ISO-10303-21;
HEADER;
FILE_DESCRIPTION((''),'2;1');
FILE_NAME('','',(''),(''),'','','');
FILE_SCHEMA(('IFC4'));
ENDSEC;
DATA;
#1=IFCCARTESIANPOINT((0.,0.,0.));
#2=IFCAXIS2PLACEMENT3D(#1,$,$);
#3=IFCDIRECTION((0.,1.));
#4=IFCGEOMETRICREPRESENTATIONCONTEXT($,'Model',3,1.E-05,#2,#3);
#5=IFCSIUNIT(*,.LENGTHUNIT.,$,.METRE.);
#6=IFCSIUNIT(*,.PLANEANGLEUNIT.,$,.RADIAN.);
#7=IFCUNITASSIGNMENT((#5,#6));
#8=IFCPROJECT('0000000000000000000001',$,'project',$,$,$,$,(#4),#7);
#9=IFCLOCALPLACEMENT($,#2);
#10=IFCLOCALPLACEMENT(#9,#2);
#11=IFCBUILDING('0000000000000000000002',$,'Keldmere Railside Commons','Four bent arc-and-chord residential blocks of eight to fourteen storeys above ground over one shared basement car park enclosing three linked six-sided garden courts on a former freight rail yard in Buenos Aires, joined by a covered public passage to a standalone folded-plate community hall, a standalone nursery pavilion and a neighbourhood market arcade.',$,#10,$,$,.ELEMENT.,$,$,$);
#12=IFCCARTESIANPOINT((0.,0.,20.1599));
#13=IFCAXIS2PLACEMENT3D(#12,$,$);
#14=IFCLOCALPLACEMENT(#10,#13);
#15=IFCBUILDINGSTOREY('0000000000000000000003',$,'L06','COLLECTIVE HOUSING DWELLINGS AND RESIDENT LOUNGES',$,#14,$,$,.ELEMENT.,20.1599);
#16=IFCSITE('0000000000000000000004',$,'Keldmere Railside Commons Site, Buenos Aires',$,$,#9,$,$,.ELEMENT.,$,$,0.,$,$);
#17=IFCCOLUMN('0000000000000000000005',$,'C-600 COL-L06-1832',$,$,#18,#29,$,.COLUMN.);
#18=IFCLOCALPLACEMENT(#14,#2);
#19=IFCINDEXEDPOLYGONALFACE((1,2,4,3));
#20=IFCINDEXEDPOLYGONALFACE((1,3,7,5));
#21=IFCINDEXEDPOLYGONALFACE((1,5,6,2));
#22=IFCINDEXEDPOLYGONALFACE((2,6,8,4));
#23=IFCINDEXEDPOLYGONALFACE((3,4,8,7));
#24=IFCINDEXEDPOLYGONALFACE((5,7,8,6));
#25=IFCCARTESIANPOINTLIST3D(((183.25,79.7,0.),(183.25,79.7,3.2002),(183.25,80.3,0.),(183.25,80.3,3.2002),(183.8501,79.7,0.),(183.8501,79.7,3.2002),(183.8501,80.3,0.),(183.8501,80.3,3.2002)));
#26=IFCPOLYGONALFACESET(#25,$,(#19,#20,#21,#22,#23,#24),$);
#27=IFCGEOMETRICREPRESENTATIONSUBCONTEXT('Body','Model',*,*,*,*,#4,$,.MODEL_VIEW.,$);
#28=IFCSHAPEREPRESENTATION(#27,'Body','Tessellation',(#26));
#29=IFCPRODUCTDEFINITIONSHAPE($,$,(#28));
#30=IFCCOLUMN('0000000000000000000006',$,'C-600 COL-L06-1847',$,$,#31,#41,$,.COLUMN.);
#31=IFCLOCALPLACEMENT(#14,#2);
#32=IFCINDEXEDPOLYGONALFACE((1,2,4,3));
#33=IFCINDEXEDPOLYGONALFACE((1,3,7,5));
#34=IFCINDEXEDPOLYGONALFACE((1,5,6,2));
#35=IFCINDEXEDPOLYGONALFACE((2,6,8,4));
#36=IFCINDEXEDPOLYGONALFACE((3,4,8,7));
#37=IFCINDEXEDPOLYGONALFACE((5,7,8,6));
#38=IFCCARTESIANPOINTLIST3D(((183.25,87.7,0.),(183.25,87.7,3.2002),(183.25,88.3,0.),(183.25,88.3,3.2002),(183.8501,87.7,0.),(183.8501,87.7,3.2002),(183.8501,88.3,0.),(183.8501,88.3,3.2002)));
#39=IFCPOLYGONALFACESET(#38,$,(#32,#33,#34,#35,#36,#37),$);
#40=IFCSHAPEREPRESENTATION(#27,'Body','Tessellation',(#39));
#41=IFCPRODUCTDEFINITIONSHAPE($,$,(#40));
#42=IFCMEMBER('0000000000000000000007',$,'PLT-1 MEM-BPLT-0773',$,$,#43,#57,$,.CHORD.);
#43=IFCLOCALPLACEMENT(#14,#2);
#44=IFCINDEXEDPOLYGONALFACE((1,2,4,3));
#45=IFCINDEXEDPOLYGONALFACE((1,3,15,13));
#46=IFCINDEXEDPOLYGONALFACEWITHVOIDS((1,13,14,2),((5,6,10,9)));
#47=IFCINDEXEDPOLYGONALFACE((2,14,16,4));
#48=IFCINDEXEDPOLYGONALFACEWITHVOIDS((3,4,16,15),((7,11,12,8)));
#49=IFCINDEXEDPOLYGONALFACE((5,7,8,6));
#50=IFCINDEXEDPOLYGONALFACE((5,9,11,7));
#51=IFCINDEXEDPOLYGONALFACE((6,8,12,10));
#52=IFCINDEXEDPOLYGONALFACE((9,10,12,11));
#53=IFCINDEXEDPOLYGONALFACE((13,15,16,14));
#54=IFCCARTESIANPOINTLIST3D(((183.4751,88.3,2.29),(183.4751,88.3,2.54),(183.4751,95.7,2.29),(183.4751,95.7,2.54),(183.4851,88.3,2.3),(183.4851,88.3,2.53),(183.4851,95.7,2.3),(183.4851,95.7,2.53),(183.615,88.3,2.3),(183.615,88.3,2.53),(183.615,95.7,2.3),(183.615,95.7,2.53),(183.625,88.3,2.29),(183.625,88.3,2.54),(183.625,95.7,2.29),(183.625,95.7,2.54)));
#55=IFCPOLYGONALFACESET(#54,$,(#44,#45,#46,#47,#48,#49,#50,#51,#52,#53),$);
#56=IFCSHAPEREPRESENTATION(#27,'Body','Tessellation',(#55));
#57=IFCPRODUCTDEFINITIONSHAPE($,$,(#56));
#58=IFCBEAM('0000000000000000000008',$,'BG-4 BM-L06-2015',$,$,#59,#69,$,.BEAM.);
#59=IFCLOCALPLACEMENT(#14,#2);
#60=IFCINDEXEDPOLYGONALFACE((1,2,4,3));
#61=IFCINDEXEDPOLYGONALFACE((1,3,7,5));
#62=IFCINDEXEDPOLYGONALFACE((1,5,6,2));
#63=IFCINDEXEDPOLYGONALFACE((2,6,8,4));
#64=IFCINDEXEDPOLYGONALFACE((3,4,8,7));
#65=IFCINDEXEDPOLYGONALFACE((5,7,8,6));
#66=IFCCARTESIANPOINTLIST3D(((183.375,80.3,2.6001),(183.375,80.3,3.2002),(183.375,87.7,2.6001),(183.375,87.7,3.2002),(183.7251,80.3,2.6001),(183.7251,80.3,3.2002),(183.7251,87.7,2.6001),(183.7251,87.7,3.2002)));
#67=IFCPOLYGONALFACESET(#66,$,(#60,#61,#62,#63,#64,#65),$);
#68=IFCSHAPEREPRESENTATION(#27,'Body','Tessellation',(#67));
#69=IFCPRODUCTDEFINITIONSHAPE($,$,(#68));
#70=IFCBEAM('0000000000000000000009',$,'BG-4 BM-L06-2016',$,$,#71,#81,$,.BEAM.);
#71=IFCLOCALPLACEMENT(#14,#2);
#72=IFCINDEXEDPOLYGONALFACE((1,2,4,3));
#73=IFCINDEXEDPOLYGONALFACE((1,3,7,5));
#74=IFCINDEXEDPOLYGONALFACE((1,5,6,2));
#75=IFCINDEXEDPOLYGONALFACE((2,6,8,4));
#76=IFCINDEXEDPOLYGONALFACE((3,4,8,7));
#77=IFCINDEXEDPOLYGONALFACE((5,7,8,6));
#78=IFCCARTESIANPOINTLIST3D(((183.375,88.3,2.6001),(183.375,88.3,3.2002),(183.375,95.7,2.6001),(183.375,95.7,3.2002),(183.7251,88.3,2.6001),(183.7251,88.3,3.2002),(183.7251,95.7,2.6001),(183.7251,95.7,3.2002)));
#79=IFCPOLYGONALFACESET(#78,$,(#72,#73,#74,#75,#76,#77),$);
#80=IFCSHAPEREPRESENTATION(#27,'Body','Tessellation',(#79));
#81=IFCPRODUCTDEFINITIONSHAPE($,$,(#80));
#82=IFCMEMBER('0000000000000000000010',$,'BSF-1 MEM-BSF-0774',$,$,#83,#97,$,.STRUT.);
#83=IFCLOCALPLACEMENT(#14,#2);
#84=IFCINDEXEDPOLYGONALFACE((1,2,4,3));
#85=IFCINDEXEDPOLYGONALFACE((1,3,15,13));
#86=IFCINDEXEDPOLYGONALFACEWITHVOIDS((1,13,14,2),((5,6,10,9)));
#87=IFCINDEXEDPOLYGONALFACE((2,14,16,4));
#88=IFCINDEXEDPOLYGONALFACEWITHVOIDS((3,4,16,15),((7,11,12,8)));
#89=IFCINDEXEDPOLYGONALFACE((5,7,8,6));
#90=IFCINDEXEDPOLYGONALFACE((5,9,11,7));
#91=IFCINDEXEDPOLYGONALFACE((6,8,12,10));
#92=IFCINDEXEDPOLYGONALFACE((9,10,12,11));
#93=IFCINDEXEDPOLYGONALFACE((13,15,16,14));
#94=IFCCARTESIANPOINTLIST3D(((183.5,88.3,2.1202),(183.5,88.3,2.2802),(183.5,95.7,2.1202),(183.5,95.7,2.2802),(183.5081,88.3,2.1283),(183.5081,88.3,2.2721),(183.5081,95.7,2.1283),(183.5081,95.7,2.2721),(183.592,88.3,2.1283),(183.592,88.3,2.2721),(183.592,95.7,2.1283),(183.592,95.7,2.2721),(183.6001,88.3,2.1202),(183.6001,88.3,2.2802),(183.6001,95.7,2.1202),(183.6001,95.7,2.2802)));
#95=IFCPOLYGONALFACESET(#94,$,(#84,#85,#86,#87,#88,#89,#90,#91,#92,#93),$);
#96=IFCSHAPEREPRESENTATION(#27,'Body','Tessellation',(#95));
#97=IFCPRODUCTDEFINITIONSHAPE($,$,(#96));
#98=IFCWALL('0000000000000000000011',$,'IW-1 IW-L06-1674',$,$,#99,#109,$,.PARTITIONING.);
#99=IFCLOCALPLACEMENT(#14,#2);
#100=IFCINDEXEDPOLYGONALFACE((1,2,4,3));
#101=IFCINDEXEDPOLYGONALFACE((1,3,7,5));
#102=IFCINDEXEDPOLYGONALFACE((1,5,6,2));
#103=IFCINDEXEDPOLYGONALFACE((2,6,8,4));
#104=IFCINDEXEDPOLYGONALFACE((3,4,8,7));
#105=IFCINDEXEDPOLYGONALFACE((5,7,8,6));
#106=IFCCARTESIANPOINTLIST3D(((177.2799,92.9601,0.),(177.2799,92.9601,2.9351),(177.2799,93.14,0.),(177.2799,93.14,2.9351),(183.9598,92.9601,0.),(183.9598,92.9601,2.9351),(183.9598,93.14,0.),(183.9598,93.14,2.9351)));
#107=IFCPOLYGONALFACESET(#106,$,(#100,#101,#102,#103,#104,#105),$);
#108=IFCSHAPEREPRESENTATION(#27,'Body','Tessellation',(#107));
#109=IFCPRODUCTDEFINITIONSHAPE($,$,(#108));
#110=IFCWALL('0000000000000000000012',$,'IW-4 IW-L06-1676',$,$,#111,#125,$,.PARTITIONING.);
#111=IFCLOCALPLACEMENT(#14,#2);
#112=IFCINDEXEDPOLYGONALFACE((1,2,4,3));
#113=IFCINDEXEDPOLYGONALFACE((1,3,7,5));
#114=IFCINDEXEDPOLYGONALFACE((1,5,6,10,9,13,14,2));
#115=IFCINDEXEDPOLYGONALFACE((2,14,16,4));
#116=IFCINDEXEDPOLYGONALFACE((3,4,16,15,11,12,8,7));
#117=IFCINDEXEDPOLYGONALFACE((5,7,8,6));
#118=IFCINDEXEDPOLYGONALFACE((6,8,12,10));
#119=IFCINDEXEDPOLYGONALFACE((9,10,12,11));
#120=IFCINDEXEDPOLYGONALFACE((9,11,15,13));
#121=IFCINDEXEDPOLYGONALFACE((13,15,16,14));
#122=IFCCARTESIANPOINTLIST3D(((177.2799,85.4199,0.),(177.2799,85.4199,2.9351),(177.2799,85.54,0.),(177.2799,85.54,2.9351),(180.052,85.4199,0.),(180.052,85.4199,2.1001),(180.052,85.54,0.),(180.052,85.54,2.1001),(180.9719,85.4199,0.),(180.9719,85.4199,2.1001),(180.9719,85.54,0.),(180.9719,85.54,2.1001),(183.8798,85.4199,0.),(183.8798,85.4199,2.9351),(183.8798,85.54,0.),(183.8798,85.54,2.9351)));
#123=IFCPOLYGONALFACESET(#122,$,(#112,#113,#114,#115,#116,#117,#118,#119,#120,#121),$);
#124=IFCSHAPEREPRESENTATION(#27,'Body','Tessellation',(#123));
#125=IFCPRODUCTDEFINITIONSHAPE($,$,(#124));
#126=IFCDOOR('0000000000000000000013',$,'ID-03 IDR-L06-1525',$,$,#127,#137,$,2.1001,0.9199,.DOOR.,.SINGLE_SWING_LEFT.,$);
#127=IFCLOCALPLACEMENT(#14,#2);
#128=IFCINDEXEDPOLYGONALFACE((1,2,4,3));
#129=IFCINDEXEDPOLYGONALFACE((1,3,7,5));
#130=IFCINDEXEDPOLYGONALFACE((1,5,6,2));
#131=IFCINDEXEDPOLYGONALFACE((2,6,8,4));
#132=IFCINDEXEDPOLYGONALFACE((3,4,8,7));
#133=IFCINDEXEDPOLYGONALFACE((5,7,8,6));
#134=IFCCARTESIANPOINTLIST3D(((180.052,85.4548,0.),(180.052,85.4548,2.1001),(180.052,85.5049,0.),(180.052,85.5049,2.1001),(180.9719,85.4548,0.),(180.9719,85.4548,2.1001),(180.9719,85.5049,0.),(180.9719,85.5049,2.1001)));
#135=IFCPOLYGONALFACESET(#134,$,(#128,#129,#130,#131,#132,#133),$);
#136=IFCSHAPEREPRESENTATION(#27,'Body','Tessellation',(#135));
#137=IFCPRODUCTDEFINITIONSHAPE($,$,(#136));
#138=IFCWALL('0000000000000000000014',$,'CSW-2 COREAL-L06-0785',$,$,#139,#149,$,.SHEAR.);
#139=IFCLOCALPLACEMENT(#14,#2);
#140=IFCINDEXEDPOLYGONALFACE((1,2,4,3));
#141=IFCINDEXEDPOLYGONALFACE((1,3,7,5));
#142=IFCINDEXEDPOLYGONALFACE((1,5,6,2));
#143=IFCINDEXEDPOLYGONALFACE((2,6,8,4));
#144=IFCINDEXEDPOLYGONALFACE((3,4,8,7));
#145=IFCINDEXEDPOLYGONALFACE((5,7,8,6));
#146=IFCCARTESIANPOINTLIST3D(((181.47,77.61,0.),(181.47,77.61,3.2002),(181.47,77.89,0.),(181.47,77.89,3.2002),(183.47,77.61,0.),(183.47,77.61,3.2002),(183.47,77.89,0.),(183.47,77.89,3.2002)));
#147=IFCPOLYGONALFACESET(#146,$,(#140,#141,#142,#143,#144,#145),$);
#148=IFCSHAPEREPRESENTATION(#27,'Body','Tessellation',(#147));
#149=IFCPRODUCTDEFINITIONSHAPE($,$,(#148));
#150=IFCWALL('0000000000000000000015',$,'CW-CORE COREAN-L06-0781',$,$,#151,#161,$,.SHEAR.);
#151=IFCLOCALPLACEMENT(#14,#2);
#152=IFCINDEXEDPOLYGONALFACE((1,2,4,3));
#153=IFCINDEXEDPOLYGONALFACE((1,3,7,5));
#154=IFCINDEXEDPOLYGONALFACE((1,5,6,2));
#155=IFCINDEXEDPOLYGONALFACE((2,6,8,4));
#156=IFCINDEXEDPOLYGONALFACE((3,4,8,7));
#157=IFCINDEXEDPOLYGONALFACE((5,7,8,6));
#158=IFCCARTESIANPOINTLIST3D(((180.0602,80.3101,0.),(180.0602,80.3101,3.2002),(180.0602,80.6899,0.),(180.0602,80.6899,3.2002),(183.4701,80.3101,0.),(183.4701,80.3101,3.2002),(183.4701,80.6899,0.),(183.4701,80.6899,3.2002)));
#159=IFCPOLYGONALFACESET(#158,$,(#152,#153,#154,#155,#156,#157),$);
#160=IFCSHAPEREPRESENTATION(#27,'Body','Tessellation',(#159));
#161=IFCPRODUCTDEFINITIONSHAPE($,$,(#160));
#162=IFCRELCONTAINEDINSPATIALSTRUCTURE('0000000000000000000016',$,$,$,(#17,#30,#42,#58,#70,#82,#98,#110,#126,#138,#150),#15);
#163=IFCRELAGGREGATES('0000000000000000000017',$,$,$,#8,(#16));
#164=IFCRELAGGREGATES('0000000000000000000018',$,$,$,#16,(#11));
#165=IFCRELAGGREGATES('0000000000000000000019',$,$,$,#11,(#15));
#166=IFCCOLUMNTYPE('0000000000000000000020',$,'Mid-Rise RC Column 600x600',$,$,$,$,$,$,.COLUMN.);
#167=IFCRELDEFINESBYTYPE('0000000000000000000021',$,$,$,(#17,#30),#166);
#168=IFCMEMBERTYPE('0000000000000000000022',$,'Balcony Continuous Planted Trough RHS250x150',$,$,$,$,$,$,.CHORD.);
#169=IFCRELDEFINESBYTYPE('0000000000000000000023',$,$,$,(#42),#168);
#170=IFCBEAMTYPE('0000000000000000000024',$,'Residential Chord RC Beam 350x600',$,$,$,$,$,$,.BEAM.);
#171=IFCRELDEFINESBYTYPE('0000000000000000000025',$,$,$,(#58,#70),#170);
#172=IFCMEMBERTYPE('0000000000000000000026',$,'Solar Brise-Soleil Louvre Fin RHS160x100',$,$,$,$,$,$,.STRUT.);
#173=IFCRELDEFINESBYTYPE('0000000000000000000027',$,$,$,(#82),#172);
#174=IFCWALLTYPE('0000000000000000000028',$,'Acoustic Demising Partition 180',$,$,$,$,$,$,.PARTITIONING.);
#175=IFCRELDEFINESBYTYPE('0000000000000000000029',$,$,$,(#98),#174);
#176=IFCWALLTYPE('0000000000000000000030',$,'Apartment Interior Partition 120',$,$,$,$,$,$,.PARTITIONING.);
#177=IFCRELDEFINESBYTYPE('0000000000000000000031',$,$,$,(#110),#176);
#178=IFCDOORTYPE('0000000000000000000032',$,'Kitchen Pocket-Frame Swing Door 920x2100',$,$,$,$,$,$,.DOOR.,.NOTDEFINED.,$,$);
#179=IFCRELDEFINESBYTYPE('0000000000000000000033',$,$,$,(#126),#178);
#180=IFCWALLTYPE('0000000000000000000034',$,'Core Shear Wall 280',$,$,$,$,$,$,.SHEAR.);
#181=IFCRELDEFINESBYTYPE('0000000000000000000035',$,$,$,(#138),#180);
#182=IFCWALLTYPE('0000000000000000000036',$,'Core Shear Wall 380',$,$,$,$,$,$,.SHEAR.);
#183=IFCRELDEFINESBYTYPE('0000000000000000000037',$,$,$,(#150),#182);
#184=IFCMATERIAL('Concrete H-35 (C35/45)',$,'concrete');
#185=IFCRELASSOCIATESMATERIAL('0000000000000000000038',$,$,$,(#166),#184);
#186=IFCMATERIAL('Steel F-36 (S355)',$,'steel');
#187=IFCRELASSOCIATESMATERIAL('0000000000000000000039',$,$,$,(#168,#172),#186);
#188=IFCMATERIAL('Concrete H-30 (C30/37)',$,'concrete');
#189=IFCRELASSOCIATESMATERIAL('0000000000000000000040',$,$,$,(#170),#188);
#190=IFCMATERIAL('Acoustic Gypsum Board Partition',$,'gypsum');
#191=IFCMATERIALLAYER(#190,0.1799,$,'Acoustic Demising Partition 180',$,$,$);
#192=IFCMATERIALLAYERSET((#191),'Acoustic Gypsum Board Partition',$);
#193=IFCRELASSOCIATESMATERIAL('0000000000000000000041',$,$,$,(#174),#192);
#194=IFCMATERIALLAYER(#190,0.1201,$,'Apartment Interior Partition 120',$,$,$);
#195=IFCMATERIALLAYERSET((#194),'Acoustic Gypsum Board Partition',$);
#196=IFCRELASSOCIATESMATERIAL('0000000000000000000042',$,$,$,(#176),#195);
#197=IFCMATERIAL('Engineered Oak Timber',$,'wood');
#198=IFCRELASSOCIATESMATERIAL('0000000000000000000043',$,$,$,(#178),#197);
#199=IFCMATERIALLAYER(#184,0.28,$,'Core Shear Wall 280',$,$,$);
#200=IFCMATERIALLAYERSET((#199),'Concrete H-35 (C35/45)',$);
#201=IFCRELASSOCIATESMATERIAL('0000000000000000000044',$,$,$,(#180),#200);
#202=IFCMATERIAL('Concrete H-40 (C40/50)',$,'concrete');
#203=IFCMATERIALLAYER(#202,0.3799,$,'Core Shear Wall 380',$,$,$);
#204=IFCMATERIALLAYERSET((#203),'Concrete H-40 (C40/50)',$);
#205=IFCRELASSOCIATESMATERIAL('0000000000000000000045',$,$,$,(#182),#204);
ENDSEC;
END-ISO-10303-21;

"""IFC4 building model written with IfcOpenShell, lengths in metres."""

from ifc_helpers import new_model, si_unit, direction, frame, frame_2d, origin, origin_2d, place, context, subcontext, project, spatial, rectangle, hollow_rectangle, extrude, material, layer, layer_set, material_profile, profile_set, type_object, element, fill, save


model = new_model("IFC4")

# Units and contexts
model_context = context("Model", 3, precision=1e-05, world=origin(), true_north=direction((0.0, 1.0)))
body_context = subcontext(model_context, "Body", "Model", "MODEL_VIEW")
ifc_project = project(units=[si_unit("LENGTHUNIT", "METRE"), si_unit("PLANEANGLEUNIT", "RADIAN")], contexts=[model_context])

# Site, building, storey
site_placement = place(None, origin())
site = spatial("IfcSite", under=ifc_project, at=site_placement, Name="Keldmere Railside Commons Site, Buenos Aires", CompositionType="ELEMENT", RefElevation=0.0)
building_placement = place(site_placement, origin())
building = spatial("IfcBuilding", under=site, at=building_placement, Name="Keldmere Railside Commons", Description="Four bent arc-and-chord residential blocks of eight to fourteen storeys above ground over one shared basement car park enclosing three linked six-sided garden courts on a former freight rail yard in Buenos Aires, joined by a covered public passage to a standalone folded-plate community hall, a standalone nursery pavilion and a neighbourhood market arcade.", CompositionType="ELEMENT")
storey_placement = place(building_placement, frame((0.0, 0.0, 20.1599)))
storey = spatial("IfcBuildingStorey", under=building, at=storey_placement, Name="L06", Description="COLLECTIVE HOUSING DWELLINGS AND RESIDENT LOUNGES", CompositionType="ELEMENT", Elevation=20.1599)

# Columns
ifc_material_1 = material(Name="Concrete H-35 (C35/45)", Category="concrete")
ifc_material_profile_1 = material_profile(ifc_material_1, rectangle(XDim=0.6001, YDim=0.6001, at=origin_2d()), Name="RC-600x600")
ifc_profile_set_1 = profile_set([ifc_material_profile_1], Name="Concrete H-35 (C35/45)")
column_type = type_object("IfcColumnType", Name="Mid-Rise RC Column 600x600", PredefinedType="COLUMN", material=ifc_profile_set_1)
for number, where, z_axis, x_axis, name in (
    (1, (183.55, 80.0, 0.0), (0.0, 0.0, 1.0), (1.0, 0.0, 0.0), "C-600 COL-L06-1832"),
    (2, (183.55, 88.0, 0.0), (0.0, 0.0, 1.0), (1.0, 0.0, 0.0), "C-600 COL-L06-1847"),
):
    element("IfcColumn", number, at=place(storey_placement, frame(where, z_axis=z_axis, x_axis=x_axis)), inside=storey, type_object=column_type, Name=name, PredefinedType="COLUMN", context=body_context, shape_type="SweptSolid", body=[
        extrude(rectangle(XDim=0.6001, YDim=0.6001, at=origin_2d()), origin(), (0.0, 0.0, 1.0), 3.2002),
    ])

# Member
ifc_material_2 = material(Name="Steel F-36 (S355)", Category="steel")
ifc_material_profile_2 = material_profile(ifc_material_2, hollow_rectangle(XDim=0.1499, YDim=0.25, WallThickness=0.01, at=origin_2d()), Name="RHS-250x150x10")
ifc_profile_set_2 = profile_set([ifc_material_profile_2], Name="Steel F-36 (S355)")
member_type_1 = type_object("IfcMemberType", Name="Balcony Continuous Planted Trough RHS250x150", PredefinedType="CHORD", material=ifc_profile_set_2)
member_1_placement = place(storey_placement, frame((183.55, 88.3, 2.415), z_axis=(0.0, 1.0, 0.0), x_axis=(-1.0, 0.0, 0.0)))
element("IfcMember", 3, at=member_1_placement, inside=storey, type_object=member_type_1, Name="PLT-1 MEM-BPLT-0773", PredefinedType="CHORD", context=body_context, shape_type="SweptSolid", body=[
    extrude(hollow_rectangle(XDim=0.1499, YDim=0.25, WallThickness=0.01, at=origin_2d()), origin(), (0.0, 0.0, 1.0), 7.3999),
])

# Beams
ifc_material_3 = material(Name="Concrete H-30 (C30/37)", Category="concrete")
ifc_material_profile_3 = material_profile(ifc_material_3, rectangle(XDim=0.3501, YDim=0.6001, at=origin_2d()), Name="RC-350x600")
ifc_profile_set_3 = profile_set([ifc_material_profile_3], Name="Concrete H-30 (C30/37)")
beam_type = type_object("IfcBeamType", Name="Residential Chord RC Beam 350x600", PredefinedType="BEAM", material=ifc_profile_set_3)
for number, where, z_axis, x_axis, name in (
    (4, (183.55, 80.3, 2.9001), (0.0, 1.0, 0.0), (-1.0, 0.0, 0.0), "BG-4 BM-L06-2015"),
    (5, (183.55, 88.3, 2.9001), (0.0, 1.0, 0.0), (-1.0, 0.0, 0.0), "BG-4 BM-L06-2016"),
):
    element("IfcBeam", number, at=place(storey_placement, frame(where, z_axis=z_axis, x_axis=x_axis)), inside=storey, type_object=beam_type, Name=name, PredefinedType="BEAM", context=body_context, shape_type="SweptSolid", body=[
        extrude(rectangle(XDim=0.3501, YDim=0.6001, at=origin_2d()), origin(), (0.0, 0.0, 1.0), 7.3999),
    ])

# Member
ifc_material_profile_4 = material_profile(ifc_material_2, hollow_rectangle(XDim=0.1001, YDim=0.1599, WallThickness=0.0081, at=origin_2d()), Name="RHS-160x100x8")
ifc_profile_set_4 = profile_set([ifc_material_profile_4], Name="Steel F-36 (S355)")
member_type_2 = type_object("IfcMemberType", Name="Solar Brise-Soleil Louvre Fin RHS160x100", PredefinedType="STRUT", material=ifc_profile_set_4)
member_2_placement = place(storey_placement, frame((183.55, 88.3, 2.2002), z_axis=(0.0, 1.0, 0.0), x_axis=(-1.0, 0.0, 0.0)))
element("IfcMember", 6, at=member_2_placement, inside=storey, type_object=member_type_2, Name="BSF-1 MEM-BSF-0774", PredefinedType="STRUT", context=body_context, shape_type="SweptSolid", body=[
    extrude(hollow_rectangle(XDim=0.1001, YDim=0.1599, WallThickness=0.0081, at=origin_2d()), origin(), (0.0, 0.0, 1.0), 7.3999),
])

# Wall
ifc_material_4 = material(Name="Acoustic Gypsum Board Partition", Category="gypsum")
ifc_layer_1 = layer(ifc_material_4, 0.1799, Name="Acoustic Demising Partition 180")
ifc_layer_set_1 = layer_set([ifc_layer_1], Name="Acoustic Gypsum Board Partition")
wall_type_1 = type_object("IfcWallType", Name="Acoustic Demising Partition 180", PredefinedType="PARTITIONING", material=ifc_layer_set_1)
wall_1_placement = place(storey_placement, frame((177.28, 93.05, 0.0), z_axis=(0.0, 0.0, 1.0), x_axis=(1.0, 0.0, 0.0)))
element("IfcWall", 7, at=wall_1_placement, inside=storey, type_object=wall_type_1, Name="IW-1 IW-L06-1674", PredefinedType="PARTITIONING", context=body_context, shape_type="SweptSolid", body=[
    extrude(rectangle(XDim=6.6799, YDim=0.1799, at=frame_2d((3.3398, 0.0))), origin(), (0.0, 0.0, 1.0), 2.9351),
])

# Wall, opening, door
ifc_layer_2 = layer(ifc_material_4, 0.1201, Name="Apartment Interior Partition 120")
ifc_layer_set_2 = layer_set([ifc_layer_2], Name="Acoustic Gypsum Board Partition")
wall_type_2 = type_object("IfcWallType", Name="Apartment Interior Partition 120", PredefinedType="PARTITIONING", material=ifc_layer_set_2)
wall_2_placement = place(storey_placement, frame((177.28, 85.48, 0.0), z_axis=(0.0, 0.0, 1.0), x_axis=(1.0, 0.0, 0.0)))
wall_2 = element("IfcWall", 8, at=wall_2_placement, inside=storey, type_object=wall_type_2, Name="IW-4 IW-L06-1676", PredefinedType="PARTITIONING", context=body_context, shape_type="SweptSolid", body=[
    extrude(rectangle(XDim=6.5999, YDim=0.1201, at=frame_2d((3.2998, 0.0))), origin(), (0.0, 0.0, 1.0), 2.9351),
])
opening_1_placement = place(wall_2_placement, frame((2.772, 0.0, 0.0)))
opening_1 = element("IfcOpeningElement", 9, at=opening_1_placement, cuts=wall_2, PredefinedType="OPENING", context=body_context, shape_type="SweptSolid", body=[
    extrude(rectangle(XDim=0.9199, YDim=2.1001, at=frame_2d((0.46, 1.05))), frame((0.0, 0.0701, 0.0), z_axis=(0.0, -1.0, 0.0), x_axis=(1.0, 0.0, 0.0)), (0.0, 0.0, 1.0), 0.1401),
])
ifc_material_5 = material(Name="Engineered Oak Timber", Category="wood")
door_type_1 = type_object("IfcDoorType", Name="Kitchen Pocket-Frame Swing Door 920x2100", OperationType="NOTDEFINED", PredefinedType="DOOR", material=ifc_material_5)
door_1_placement = place(opening_1_placement, origin())
door_1 = element("IfcDoor", 10, at=door_1_placement, inside=storey, type_object=door_type_1, Name="ID-03 IDR-L06-1525", OperationType="SINGLE_SWING_LEFT", OverallHeight=2.1001, OverallWidth=0.9199, PredefinedType="DOOR", context=body_context, shape_type="SweptSolid", body=[
    extrude(rectangle(XDim=0.9199, YDim=2.1001, at=frame_2d((0.46, 1.05))), frame((0.0, 0.0249, 0.0), z_axis=(0.0, -1.0, 0.0), x_axis=(1.0, 0.0, 0.0)), (0.0, 0.0, 1.0), 0.05),
])
fill(opening_1, door_1)

# Walls
ifc_layer_3 = layer(ifc_material_1, 0.28, Name="Core Shear Wall 280")
ifc_layer_set_3 = layer_set([ifc_layer_3], Name="Concrete H-35 (C35/45)")
wall_type_3 = type_object("IfcWallType", Name="Core Shear Wall 280", PredefinedType="SHEAR", material=ifc_layer_set_3)
wall_3_placement = place(storey_placement, frame((181.47, 77.75, 0.0), z_axis=(0.0, 0.0, 1.0), x_axis=(1.0, 0.0, 0.0)))
element("IfcWall", 11, at=wall_3_placement, inside=storey, type_object=wall_type_3, Name="CSW-2 COREAL-L06-0785", PredefinedType="SHEAR", context=body_context, shape_type="SweptSolid", body=[
    extrude(rectangle(XDim=2.0, YDim=0.28, at=frame_2d((1.0, 0.0))), origin(), (0.0, 0.0, 1.0), 3.2002),
])
ifc_material_6 = material(Name="Concrete H-40 (C40/50)", Category="concrete")
ifc_layer_4 = layer(ifc_material_6, 0.3799, Name="Core Shear Wall 380")
ifc_layer_set_4 = layer_set([ifc_layer_4], Name="Concrete H-40 (C40/50)")
wall_type_4 = type_object("IfcWallType", Name="Core Shear Wall 380", PredefinedType="SHEAR", material=ifc_layer_set_4)
wall_4_placement = place(storey_placement, frame((180.0601, 80.5, 0.0), z_axis=(0.0, 0.0, 1.0), x_axis=(1.0, 0.0, 0.0)))
element("IfcWall", 12, at=wall_4_placement, inside=storey, type_object=wall_type_4, Name="CW-CORE COREAN-L06-0781", PredefinedType="SHEAR", context=body_context, shape_type="SweptSolid", body=[
    extrude(rectangle(XDim=3.4099, YDim=0.3799, at=frame_2d((1.7051, 0.0))), origin(), (0.0, 0.0, 1.0), 3.2002),
])

save(model, "model.ifc")
